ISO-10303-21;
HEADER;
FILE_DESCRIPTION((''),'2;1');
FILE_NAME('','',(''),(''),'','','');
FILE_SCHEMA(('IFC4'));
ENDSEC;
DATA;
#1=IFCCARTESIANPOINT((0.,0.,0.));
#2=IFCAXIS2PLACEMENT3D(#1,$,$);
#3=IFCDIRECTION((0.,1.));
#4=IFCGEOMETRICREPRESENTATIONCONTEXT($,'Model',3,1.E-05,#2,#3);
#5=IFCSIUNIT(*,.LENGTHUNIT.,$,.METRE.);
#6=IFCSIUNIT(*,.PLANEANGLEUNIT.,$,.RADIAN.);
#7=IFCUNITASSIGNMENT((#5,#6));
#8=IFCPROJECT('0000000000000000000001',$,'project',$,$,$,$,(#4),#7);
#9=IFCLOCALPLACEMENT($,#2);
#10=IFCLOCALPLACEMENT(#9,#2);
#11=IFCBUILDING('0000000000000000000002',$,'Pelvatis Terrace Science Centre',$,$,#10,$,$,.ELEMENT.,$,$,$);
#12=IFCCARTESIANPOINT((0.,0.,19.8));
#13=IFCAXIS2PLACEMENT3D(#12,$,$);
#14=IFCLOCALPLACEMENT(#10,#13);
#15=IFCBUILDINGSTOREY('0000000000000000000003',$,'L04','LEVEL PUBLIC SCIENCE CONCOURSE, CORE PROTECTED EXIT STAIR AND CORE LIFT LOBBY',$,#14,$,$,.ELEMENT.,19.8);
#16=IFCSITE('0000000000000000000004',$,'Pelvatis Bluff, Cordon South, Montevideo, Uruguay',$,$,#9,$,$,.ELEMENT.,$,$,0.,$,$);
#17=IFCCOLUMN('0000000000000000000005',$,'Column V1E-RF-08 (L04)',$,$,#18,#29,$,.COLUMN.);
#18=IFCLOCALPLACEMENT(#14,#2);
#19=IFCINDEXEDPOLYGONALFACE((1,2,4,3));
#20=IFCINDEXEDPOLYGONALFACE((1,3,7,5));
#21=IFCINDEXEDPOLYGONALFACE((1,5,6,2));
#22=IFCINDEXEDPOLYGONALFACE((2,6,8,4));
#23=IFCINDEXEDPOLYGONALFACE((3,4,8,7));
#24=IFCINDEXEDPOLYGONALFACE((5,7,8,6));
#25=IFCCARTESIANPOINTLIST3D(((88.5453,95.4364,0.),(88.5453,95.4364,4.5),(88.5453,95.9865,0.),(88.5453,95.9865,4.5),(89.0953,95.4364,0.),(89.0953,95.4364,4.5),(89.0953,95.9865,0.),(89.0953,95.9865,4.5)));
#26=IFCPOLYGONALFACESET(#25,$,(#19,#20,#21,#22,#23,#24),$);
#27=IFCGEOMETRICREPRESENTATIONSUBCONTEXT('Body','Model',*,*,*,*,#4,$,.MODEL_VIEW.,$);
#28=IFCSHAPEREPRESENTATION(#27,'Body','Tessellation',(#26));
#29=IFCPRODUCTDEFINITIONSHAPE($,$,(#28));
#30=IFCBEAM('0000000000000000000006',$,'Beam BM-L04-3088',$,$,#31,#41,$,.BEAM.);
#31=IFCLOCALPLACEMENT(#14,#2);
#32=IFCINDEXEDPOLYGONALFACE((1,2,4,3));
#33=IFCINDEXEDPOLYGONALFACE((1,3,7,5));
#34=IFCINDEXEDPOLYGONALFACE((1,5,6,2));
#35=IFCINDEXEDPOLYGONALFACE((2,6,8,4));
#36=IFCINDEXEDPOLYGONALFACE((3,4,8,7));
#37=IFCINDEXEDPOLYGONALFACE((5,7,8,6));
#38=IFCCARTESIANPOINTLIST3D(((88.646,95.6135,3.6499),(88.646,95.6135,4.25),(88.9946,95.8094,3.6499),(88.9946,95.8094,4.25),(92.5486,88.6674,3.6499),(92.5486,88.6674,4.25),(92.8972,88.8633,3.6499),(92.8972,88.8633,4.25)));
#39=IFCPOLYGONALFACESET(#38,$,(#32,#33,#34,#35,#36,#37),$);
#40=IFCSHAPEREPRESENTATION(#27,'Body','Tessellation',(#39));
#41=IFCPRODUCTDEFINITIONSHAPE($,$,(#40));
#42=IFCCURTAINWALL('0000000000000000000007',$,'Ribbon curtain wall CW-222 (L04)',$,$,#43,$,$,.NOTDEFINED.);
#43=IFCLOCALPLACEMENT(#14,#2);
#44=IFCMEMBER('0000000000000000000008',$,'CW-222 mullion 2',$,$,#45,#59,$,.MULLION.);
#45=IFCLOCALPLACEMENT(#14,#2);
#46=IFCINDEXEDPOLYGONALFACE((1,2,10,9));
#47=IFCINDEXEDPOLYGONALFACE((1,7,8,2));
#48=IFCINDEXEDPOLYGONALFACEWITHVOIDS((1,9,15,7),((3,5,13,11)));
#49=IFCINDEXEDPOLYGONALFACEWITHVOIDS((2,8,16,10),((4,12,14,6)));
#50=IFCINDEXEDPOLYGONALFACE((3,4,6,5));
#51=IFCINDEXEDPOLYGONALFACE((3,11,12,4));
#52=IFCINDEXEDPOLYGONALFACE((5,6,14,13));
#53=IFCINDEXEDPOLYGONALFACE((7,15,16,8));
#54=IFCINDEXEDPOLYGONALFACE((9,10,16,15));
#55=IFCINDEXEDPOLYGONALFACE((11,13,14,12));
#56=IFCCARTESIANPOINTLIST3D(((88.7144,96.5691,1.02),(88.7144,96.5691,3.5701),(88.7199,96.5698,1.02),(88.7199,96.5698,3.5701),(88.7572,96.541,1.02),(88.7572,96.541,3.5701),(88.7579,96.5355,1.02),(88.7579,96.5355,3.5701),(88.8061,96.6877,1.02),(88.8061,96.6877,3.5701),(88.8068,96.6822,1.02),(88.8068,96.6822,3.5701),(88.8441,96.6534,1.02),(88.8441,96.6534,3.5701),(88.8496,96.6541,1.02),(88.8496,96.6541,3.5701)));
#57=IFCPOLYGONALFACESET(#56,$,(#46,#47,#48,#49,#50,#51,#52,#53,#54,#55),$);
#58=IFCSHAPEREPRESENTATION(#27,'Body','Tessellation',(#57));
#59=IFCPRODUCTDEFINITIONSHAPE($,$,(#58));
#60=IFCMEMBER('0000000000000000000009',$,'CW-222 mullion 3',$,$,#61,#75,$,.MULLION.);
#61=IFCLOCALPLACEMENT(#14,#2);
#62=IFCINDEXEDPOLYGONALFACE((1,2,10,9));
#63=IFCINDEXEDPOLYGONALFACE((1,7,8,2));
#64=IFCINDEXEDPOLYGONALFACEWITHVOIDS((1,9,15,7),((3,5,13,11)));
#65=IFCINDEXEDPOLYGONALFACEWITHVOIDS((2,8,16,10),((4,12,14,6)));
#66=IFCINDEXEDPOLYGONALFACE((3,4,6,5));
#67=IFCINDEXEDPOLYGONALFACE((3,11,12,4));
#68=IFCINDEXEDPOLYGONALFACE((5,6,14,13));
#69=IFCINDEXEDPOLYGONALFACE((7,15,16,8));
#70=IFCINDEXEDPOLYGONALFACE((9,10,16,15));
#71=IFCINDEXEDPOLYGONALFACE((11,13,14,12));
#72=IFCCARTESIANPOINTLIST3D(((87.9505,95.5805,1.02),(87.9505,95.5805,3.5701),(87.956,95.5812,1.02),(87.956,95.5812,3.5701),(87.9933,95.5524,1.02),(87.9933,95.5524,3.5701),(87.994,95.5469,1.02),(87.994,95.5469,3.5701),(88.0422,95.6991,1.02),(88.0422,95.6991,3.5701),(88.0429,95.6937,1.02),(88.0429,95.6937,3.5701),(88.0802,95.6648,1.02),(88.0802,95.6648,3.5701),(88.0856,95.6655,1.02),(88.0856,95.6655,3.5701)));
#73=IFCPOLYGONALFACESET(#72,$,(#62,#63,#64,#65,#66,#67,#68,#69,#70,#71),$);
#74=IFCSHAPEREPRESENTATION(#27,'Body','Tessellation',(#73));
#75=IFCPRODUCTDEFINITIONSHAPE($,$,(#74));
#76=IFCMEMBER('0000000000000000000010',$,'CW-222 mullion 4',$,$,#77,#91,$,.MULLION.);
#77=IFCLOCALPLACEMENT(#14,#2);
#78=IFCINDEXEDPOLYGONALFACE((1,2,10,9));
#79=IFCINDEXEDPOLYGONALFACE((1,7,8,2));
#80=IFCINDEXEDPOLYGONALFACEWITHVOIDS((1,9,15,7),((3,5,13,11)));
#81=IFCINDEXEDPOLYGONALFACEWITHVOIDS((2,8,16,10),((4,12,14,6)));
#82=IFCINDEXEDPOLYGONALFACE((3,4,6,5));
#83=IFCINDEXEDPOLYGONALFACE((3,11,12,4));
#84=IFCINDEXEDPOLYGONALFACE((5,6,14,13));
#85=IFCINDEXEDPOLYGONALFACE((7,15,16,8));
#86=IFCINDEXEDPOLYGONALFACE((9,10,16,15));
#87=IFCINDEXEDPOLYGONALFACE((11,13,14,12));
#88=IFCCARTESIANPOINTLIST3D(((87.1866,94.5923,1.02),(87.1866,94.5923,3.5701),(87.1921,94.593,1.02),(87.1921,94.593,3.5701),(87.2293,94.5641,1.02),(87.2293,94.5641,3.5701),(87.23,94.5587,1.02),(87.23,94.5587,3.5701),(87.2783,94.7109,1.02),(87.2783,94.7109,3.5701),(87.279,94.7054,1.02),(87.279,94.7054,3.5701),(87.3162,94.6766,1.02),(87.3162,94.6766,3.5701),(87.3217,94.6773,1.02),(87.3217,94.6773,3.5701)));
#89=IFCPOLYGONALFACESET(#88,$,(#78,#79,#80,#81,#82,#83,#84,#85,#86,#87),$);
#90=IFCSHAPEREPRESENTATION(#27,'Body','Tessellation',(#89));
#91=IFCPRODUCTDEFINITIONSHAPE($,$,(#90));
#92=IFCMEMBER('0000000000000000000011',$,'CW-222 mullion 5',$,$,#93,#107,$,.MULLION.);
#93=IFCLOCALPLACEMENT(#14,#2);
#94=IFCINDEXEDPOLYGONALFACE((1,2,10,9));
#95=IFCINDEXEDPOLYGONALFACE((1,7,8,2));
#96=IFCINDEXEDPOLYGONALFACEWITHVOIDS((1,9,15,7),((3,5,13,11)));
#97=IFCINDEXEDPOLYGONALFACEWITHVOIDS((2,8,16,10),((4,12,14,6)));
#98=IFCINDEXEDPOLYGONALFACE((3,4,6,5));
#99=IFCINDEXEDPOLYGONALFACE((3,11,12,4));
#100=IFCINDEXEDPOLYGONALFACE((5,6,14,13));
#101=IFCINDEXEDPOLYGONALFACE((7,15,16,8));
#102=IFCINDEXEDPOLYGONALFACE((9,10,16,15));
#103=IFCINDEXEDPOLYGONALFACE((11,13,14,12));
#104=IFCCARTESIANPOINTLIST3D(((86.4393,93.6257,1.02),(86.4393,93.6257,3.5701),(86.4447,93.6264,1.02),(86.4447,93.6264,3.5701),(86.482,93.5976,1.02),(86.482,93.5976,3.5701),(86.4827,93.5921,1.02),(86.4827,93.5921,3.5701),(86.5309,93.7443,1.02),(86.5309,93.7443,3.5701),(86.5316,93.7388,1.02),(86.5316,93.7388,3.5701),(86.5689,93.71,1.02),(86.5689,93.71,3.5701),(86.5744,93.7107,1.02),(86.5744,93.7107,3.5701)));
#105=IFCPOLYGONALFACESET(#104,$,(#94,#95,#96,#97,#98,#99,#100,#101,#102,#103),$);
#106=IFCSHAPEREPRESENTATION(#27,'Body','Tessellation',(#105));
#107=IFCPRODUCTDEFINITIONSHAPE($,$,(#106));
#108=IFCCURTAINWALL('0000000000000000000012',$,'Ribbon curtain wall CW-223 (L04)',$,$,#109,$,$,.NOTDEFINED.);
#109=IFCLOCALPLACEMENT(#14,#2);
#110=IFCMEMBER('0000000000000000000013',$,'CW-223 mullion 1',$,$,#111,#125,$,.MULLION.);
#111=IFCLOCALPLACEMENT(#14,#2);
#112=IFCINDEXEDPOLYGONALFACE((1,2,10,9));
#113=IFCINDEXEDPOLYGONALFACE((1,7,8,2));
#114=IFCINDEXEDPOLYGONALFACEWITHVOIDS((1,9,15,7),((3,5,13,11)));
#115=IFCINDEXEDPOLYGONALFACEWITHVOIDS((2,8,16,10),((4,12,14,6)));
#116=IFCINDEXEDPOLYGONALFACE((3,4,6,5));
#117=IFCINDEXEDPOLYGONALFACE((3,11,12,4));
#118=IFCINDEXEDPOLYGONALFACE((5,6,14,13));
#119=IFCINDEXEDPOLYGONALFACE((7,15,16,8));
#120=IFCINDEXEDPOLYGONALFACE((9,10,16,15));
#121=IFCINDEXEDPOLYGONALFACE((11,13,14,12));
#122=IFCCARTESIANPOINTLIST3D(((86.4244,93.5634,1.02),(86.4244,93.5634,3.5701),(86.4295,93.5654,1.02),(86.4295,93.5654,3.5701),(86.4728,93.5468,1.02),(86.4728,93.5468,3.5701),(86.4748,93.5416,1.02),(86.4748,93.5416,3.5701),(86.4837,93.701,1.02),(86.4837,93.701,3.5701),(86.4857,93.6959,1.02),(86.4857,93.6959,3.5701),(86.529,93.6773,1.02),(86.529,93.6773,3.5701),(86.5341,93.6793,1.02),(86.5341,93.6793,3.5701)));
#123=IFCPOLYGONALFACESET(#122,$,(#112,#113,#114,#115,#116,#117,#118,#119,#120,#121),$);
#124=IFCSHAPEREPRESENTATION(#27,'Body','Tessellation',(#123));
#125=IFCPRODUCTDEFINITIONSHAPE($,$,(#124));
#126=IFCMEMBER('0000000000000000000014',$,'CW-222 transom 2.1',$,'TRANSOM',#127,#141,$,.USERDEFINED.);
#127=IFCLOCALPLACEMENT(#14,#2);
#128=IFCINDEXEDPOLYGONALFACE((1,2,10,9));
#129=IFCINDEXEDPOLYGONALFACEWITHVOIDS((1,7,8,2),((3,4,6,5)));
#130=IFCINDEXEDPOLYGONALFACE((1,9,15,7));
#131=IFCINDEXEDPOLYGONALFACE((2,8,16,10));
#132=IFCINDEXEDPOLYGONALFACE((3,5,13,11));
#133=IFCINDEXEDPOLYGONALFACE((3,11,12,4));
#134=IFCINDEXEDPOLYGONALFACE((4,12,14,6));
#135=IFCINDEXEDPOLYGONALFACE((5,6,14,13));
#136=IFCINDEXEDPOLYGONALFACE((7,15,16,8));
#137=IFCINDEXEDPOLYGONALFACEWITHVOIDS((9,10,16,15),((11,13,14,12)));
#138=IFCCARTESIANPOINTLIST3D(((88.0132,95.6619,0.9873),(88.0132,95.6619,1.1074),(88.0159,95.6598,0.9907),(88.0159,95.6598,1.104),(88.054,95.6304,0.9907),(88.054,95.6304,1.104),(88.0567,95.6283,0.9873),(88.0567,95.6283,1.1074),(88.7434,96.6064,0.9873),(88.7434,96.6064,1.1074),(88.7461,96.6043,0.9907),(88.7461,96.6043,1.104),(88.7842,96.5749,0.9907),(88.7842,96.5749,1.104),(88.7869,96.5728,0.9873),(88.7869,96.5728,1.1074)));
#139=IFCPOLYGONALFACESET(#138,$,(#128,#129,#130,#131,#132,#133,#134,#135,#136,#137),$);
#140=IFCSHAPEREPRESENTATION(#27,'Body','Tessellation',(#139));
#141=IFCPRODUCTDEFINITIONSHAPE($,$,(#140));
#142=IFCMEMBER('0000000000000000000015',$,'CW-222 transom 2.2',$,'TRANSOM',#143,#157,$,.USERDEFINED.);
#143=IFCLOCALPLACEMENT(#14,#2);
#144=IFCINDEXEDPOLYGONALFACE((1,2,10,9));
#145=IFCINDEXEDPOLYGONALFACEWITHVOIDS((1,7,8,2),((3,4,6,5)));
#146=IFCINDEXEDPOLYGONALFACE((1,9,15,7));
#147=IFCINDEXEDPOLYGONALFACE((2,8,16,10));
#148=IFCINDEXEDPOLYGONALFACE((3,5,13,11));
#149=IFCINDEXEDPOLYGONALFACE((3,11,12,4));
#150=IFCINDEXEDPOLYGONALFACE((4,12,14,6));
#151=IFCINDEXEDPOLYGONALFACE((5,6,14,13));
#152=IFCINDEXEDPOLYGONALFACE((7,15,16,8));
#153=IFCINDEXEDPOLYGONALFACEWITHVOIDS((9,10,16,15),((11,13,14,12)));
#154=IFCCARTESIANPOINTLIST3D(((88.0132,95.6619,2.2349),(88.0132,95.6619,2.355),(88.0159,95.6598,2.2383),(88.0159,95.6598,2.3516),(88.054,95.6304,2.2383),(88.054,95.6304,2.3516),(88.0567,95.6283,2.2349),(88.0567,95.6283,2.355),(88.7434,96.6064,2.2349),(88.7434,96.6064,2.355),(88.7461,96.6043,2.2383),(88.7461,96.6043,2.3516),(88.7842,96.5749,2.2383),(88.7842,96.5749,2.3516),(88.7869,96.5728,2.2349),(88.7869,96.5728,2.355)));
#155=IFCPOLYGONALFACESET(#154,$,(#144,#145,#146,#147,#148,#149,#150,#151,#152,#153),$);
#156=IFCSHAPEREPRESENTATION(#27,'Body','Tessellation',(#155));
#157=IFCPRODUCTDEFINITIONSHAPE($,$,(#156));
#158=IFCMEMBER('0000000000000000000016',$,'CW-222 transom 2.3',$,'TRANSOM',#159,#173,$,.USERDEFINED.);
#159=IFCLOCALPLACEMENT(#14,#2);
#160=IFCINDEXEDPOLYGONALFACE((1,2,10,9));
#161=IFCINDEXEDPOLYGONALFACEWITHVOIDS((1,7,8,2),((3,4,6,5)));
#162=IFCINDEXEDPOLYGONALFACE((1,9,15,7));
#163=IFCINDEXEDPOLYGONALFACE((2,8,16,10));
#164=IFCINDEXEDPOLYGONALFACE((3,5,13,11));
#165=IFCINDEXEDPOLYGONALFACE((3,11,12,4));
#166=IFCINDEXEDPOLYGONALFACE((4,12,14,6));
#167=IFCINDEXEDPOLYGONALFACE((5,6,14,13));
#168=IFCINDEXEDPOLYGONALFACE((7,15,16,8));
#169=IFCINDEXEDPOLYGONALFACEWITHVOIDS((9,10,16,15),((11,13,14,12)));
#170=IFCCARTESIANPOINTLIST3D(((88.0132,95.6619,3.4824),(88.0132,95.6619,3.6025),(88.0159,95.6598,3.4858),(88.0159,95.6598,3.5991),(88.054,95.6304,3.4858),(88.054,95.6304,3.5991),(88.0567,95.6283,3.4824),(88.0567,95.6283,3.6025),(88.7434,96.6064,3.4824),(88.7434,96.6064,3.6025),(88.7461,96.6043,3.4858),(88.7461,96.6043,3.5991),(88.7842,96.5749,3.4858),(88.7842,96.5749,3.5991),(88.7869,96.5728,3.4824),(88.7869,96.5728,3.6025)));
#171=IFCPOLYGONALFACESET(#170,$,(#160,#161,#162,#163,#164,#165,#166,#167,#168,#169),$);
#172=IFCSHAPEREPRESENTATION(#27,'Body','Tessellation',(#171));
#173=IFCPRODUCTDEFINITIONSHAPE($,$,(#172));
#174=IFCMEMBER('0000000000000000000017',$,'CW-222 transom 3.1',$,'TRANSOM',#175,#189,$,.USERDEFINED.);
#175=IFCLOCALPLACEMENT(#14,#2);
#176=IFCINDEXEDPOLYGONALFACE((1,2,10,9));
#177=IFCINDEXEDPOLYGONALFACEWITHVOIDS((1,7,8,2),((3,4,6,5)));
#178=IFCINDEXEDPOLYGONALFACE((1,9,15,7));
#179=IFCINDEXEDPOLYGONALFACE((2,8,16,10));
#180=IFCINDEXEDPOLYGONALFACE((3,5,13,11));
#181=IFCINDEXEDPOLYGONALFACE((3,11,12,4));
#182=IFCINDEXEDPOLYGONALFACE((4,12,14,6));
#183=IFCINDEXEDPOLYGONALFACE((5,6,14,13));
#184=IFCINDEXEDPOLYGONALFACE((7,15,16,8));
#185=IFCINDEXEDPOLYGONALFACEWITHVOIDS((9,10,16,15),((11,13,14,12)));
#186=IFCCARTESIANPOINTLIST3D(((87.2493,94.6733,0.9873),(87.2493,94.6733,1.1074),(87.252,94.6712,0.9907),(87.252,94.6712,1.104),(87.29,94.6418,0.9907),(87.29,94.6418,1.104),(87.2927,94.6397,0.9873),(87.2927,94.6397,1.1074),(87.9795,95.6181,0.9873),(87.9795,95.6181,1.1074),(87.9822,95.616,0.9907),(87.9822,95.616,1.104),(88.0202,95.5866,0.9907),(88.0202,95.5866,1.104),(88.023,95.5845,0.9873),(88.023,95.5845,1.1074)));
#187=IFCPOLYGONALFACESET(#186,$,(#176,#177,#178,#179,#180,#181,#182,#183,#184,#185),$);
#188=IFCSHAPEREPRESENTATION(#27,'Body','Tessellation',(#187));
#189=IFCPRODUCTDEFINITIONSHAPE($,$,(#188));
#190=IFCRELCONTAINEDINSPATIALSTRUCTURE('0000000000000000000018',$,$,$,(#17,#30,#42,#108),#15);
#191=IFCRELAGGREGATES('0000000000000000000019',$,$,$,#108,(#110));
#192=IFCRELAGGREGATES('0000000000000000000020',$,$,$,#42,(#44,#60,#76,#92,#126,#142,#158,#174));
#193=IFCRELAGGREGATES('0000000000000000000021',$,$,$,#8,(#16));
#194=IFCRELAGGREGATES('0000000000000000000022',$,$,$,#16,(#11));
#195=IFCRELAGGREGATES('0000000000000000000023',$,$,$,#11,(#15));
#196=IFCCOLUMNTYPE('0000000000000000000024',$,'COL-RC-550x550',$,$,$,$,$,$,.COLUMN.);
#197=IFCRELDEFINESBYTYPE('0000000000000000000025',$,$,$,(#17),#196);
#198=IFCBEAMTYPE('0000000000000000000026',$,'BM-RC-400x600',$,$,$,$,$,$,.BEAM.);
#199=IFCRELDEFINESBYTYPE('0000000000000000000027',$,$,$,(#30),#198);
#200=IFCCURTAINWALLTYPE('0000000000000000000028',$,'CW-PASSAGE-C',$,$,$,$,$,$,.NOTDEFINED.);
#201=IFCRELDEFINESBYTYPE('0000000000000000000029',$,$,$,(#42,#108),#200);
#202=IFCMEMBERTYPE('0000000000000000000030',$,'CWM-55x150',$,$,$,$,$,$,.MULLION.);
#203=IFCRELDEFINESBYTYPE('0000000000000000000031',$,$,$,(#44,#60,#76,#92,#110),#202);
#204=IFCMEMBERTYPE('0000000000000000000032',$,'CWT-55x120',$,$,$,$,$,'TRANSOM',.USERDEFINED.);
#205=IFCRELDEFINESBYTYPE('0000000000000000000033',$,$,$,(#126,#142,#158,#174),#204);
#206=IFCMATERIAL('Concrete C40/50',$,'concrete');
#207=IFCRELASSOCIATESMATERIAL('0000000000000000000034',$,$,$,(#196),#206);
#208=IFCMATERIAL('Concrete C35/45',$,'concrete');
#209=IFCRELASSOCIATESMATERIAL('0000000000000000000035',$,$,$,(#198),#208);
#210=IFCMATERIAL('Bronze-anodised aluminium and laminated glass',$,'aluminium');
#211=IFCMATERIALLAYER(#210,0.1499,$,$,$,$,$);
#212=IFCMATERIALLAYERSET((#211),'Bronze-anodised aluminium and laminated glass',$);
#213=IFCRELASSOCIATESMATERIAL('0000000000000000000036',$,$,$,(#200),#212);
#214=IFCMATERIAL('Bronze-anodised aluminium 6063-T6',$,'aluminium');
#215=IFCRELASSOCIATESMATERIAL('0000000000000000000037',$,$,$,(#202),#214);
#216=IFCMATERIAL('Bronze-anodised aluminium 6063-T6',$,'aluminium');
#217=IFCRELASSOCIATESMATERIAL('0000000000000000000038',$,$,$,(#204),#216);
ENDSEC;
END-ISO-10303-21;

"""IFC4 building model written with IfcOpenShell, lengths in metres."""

from ifc_helpers import new_model, si_unit, direction, frame, origin, origin_2d, place, context, subcontext, project, spatial, rectangle, hollow_rectangle, extrude, material, layer, layer_set, material_profile, profile_set, type_object, element, aggregate, save


model = new_model("IFC4")

# Units and contexts
model_context = context("Model", 3, precision=1e-05, world=origin(), true_north=direction((0.0, 1.0)))
body_context = subcontext(model_context, "Body", "Model", "MODEL_VIEW")
ifc_project = project(units=[si_unit("LENGTHUNIT", "METRE"), si_unit("PLANEANGLEUNIT", "RADIAN")], contexts=[model_context])

# Site, building, storey
site_placement = place(None, origin())
site = spatial("IfcSite", under=ifc_project, at=site_placement, Name="Pelvatis Bluff, Cordon South, Montevideo, Uruguay", CompositionType="ELEMENT", RefElevation=0.0)
building_placement = place(site_placement, origin())
building = spatial("IfcBuilding", under=site, at=building_placement, Name="Pelvatis Terrace Science Centre", CompositionType="ELEMENT")
storey_placement = place(building_placement, frame((0.0, 0.0, 19.8)))
storey = spatial("IfcBuildingStorey", under=building, at=storey_placement, Name="L04", Description="LEVEL PUBLIC SCIENCE CONCOURSE, CORE PROTECTED EXIT STAIR AND CORE LIFT LOBBY", CompositionType="ELEMENT", Elevation=19.8)

# Column
ifc_material_1 = material(Name="Concrete C40/50", Category="concrete")
ifc_material_profile_1 = material_profile(ifc_material_1, rectangle(XDim=0.55, YDim=0.55, at=origin_2d()), Name="RC-COL 550x550")
ifc_profile_set_1 = profile_set([ifc_material_profile_1], Name="Concrete C40/50")
column_type = type_object("IfcColumnType", Name="COL-RC-550x550", PredefinedType="COLUMN", material=ifc_profile_set_1)
column_placement = place(storey_placement, frame((88.8203, 95.7114, 0.0), z_axis=(0.0, 0.0, 1.0), x_axis=(1.0, 0.0, 0.0)))
element("IfcColumn", 1, at=column_placement, inside=storey, type_object=column_type, Name="Column V1E-RF-08 (L04)", PredefinedType="COLUMN", context=body_context, shape_type="SweptSolid", body=[
    extrude(rectangle(XDim=0.55, YDim=0.55, at=origin_2d()), origin(), (0.0, 0.0, 1.0), 4.5),
])

# Beam
ifc_material_2 = material(Name="Concrete C35/45", Category="concrete")
ifc_material_profile_2 = material_profile(ifc_material_2, rectangle(XDim=0.3999, YDim=0.6001, at=origin_2d()), Name="RC-BM 400x600")
ifc_profile_set_2 = profile_set([ifc_material_profile_2], Name="Concrete C35/45")
beam_type = type_object("IfcBeamType", Name="BM-RC-400x600", PredefinedType="BEAM", material=ifc_profile_set_2)
beam_placement = place(storey_placement, frame((88.8203, 95.7114, 3.95), z_axis=(0.489826, -0.87182, 0.0), x_axis=(0.87182, 0.489826, 0.0)))
element("IfcBeam", 2, at=beam_placement, inside=storey, type_object=beam_type, Name="Beam BM-L04-3088", PredefinedType="BEAM", context=body_context, shape_type="SweptSolid", body=[
    extrude(rectangle(XDim=0.3999, YDim=0.6001, at=origin_2d()), origin(), (0.0, 0.0, 1.0), 7.9673),
])

# Curtain wall, members
ifc_material_3 = material(Name="Bronze-anodised aluminium and laminated glass", Category="aluminium")
ifc_layer_1 = layer(ifc_material_3, 0.1499)
ifc_layer_set_1 = layer_set([ifc_layer_1], Name="Bronze-anodised aluminium and laminated glass")
curtain_wall_type = type_object("IfcCurtainWallType", Name="CW-PASSAGE-C", PredefinedType="NOTDEFINED", material=ifc_layer_set_1)
curtain_wall_1_placement = place(storey_placement, origin())
curtain_wall_1 = element("IfcCurtainWall", 3, at=curtain_wall_1_placement, inside=storey, type_object=curtain_wall_type, Name="Ribbon curtain wall CW-222 (L04)", PredefinedType="NOTDEFINED")
ifc_material_4 = material(Name="Bronze-anodised aluminium 6063-T6", Category="aluminium")
ifc_material_profile_3 = material_profile(ifc_material_4, hollow_rectangle(XDim=0.0549, YDim=0.1499, WallThickness=0.0039, at=origin_2d()), Name="ALU-MUL 55x150")
ifc_profile_set_3 = profile_set([ifc_material_profile_3], Name="Bronze-anodised aluminium 6063-T6")
member_type_1 = type_object("IfcMemberType", Name="CWM-55x150", PredefinedType="MULLION", material=ifc_profile_set_3)
member_1_placement = place(storey_placement, frame((88.782, 96.6116, 1.02), z_axis=(0.0, 0.0, 1.0), x_axis=(0.791181, -0.611582, 0.0)))
member_1 = element("IfcMember", 4, at=member_1_placement, type_object=member_type_1, Name="CW-222 mullion 2", PredefinedType="MULLION", context=body_context, shape_type="SweptSolid", body=[
    extrude(hollow_rectangle(XDim=0.0549, YDim=0.1499, WallThickness=0.0039, at=origin_2d()), origin(), (0.0, 0.0, 1.0), 2.55),
])
member_2_placement = place(storey_placement, frame((88.0181, 95.623, 1.02), z_axis=(0.0, 0.0, 1.0), x_axis=(0.791181, -0.611582, 0.0)))
member_2 = element("IfcMember", 5, at=member_2_placement, type_object=member_type_1, Name="CW-222 mullion 3", PredefinedType="MULLION", context=body_context, shape_type="SweptSolid", body=[
    extrude(hollow_rectangle(XDim=0.0549, YDim=0.1499, WallThickness=0.0039, at=origin_2d()), origin(), (0.0, 0.0, 1.0), 2.55),
])
member_3_placement = place(storey_placement, frame((87.2542, 94.6348, 1.02), z_axis=(0.0, 0.0, 1.0), x_axis=(0.791181, -0.611582, 0.0)))
member_3 = element("IfcMember", 6, at=member_3_placement, type_object=member_type_1, Name="CW-222 mullion 4", PredefinedType="MULLION", context=body_context, shape_type="SweptSolid", body=[
    extrude(hollow_rectangle(XDim=0.0549, YDim=0.1499, WallThickness=0.0039, at=origin_2d()), origin(), (0.0, 0.0, 1.0), 2.55),
])
member_4_placement = place(storey_placement, frame((86.5068, 93.6682, 1.02), z_axis=(0.0, 0.0, 1.0), x_axis=(0.791181, -0.611582, 0.0)))
member_4 = element("IfcMember", 7, at=member_4_placement, type_object=member_type_1, Name="CW-222 mullion 5", PredefinedType="MULLION", context=body_context, shape_type="SweptSolid", body=[
    extrude(hollow_rectangle(XDim=0.0549, YDim=0.1499, WallThickness=0.0039, at=origin_2d()), origin(), (0.0, 0.0, 1.0), 2.55),
])

# Curtain wall, member
curtain_wall_2_placement = place(storey_placement, origin())
curtain_wall_2 = element("IfcCurtainWall", 8, at=curtain_wall_2_placement, inside=storey, type_object=curtain_wall_type, Name="Ribbon curtain wall CW-223 (L04)", PredefinedType="NOTDEFINED")
member_5_placement = place(storey_placement, frame((86.4792, 93.6213, 1.02), z_axis=(0.0, 0.0, 1.0), x_axis=(0.918515, -0.395385, 0.0)))
member_5 = element("IfcMember", 9, at=member_5_placement, type_object=member_type_1, Name="CW-223 mullion 1", PredefinedType="MULLION", context=body_context, shape_type="SweptSolid", body=[
    extrude(hollow_rectangle(XDim=0.0549, YDim=0.1499, WallThickness=0.0039, at=origin_2d()), origin(), (0.0, 0.0, 1.0), 2.55),
])

# Members
ifc_material_5 = material(Name="Bronze-anodised aluminium 6063-T6", Category="aluminium")
ifc_material_profile_4 = material_profile(ifc_material_5, hollow_rectangle(XDim=0.0549, YDim=0.1201, WallThickness=0.0034, at=origin_2d()), Name="ALU-TRN 55x120")
ifc_profile_set_4 = profile_set([ifc_material_profile_4], Name="Bronze-anodised aluminium 6063-T6")
member_type_2 = type_object("IfcMemberType", Name="CWT-55x120", ElementType="TRANSOM", PredefinedType="USERDEFINED", material=ifc_profile_set_4)
member_6_placement = place(storey_placement, frame((88.7651, 96.5896, 1.0474), z_axis=(-0.611616, -0.791155, 0.0), x_axis=(0.791155, -0.611616, 0.0)))
member_6 = element("IfcMember", 10, at=member_6_placement, type_object=member_type_2, Name="CW-222 transom 2.1", ObjectType="TRANSOM", PredefinedType="USERDEFINED", context=body_context, shape_type="SweptSolid", body=[
    extrude(hollow_rectangle(XDim=0.0549, YDim=0.1201, WallThickness=0.0034, at=origin_2d()), origin(), (0.0, 0.0, 1.0), 1.1938),
])
member_7_placement = place(storey_placement, frame((88.7651, 96.5896, 2.2949), z_axis=(-0.611616, -0.791155, 0.0), x_axis=(0.791155, -0.611616, 0.0)))
member_7 = element("IfcMember", 11, at=member_7_placement, type_object=member_type_2, Name="CW-222 transom 2.2", ObjectType="TRANSOM", PredefinedType="USERDEFINED", context=body_context, shape_type="SweptSolid", body=[
    extrude(hollow_rectangle(XDim=0.0549, YDim=0.1201, WallThickness=0.0034, at=origin_2d()), origin(), (0.0, 0.0, 1.0), 1.1938),
])
member_8_placement = place(storey_placement, frame((88.7651, 96.5896, 3.5425), z_axis=(-0.611616, -0.791155, 0.0), x_axis=(0.791155, -0.611616, 0.0)))
member_8 = element("IfcMember", 12, at=member_8_placement, type_object=member_type_2, Name="CW-222 transom 2.3", ObjectType="TRANSOM", PredefinedType="USERDEFINED", context=body_context, shape_type="SweptSolid", body=[
    extrude(hollow_rectangle(XDim=0.0549, YDim=0.1201, WallThickness=0.0034, at=origin_2d()), origin(), (0.0, 0.0, 1.0), 1.1938),
])
member_9_placement = place(storey_placement, frame((88.0012, 95.6013, 1.0474), z_axis=(-0.611517, -0.791231, 0.0), x_axis=(0.791231, -0.611517, 0.0)))
member_9 = element("IfcMember", 13, at=member_9_placement, type_object=member_type_2, Name="CW-222 transom 3.1", ObjectType="TRANSOM", PredefinedType="USERDEFINED", context=body_context, shape_type="SweptSolid", body=[
    extrude(hollow_rectangle(XDim=0.0549, YDim=0.1201, WallThickness=0.0034, at=origin_2d()), origin(), (0.0, 0.0, 1.0), 1.1941),
])
aggregate(curtain_wall_2, [member_5])

aggregate(curtain_wall_1, [member_1, member_2, member_3, member_4, member_6, member_7, member_8, member_9])

save(model, "model.ifc")
